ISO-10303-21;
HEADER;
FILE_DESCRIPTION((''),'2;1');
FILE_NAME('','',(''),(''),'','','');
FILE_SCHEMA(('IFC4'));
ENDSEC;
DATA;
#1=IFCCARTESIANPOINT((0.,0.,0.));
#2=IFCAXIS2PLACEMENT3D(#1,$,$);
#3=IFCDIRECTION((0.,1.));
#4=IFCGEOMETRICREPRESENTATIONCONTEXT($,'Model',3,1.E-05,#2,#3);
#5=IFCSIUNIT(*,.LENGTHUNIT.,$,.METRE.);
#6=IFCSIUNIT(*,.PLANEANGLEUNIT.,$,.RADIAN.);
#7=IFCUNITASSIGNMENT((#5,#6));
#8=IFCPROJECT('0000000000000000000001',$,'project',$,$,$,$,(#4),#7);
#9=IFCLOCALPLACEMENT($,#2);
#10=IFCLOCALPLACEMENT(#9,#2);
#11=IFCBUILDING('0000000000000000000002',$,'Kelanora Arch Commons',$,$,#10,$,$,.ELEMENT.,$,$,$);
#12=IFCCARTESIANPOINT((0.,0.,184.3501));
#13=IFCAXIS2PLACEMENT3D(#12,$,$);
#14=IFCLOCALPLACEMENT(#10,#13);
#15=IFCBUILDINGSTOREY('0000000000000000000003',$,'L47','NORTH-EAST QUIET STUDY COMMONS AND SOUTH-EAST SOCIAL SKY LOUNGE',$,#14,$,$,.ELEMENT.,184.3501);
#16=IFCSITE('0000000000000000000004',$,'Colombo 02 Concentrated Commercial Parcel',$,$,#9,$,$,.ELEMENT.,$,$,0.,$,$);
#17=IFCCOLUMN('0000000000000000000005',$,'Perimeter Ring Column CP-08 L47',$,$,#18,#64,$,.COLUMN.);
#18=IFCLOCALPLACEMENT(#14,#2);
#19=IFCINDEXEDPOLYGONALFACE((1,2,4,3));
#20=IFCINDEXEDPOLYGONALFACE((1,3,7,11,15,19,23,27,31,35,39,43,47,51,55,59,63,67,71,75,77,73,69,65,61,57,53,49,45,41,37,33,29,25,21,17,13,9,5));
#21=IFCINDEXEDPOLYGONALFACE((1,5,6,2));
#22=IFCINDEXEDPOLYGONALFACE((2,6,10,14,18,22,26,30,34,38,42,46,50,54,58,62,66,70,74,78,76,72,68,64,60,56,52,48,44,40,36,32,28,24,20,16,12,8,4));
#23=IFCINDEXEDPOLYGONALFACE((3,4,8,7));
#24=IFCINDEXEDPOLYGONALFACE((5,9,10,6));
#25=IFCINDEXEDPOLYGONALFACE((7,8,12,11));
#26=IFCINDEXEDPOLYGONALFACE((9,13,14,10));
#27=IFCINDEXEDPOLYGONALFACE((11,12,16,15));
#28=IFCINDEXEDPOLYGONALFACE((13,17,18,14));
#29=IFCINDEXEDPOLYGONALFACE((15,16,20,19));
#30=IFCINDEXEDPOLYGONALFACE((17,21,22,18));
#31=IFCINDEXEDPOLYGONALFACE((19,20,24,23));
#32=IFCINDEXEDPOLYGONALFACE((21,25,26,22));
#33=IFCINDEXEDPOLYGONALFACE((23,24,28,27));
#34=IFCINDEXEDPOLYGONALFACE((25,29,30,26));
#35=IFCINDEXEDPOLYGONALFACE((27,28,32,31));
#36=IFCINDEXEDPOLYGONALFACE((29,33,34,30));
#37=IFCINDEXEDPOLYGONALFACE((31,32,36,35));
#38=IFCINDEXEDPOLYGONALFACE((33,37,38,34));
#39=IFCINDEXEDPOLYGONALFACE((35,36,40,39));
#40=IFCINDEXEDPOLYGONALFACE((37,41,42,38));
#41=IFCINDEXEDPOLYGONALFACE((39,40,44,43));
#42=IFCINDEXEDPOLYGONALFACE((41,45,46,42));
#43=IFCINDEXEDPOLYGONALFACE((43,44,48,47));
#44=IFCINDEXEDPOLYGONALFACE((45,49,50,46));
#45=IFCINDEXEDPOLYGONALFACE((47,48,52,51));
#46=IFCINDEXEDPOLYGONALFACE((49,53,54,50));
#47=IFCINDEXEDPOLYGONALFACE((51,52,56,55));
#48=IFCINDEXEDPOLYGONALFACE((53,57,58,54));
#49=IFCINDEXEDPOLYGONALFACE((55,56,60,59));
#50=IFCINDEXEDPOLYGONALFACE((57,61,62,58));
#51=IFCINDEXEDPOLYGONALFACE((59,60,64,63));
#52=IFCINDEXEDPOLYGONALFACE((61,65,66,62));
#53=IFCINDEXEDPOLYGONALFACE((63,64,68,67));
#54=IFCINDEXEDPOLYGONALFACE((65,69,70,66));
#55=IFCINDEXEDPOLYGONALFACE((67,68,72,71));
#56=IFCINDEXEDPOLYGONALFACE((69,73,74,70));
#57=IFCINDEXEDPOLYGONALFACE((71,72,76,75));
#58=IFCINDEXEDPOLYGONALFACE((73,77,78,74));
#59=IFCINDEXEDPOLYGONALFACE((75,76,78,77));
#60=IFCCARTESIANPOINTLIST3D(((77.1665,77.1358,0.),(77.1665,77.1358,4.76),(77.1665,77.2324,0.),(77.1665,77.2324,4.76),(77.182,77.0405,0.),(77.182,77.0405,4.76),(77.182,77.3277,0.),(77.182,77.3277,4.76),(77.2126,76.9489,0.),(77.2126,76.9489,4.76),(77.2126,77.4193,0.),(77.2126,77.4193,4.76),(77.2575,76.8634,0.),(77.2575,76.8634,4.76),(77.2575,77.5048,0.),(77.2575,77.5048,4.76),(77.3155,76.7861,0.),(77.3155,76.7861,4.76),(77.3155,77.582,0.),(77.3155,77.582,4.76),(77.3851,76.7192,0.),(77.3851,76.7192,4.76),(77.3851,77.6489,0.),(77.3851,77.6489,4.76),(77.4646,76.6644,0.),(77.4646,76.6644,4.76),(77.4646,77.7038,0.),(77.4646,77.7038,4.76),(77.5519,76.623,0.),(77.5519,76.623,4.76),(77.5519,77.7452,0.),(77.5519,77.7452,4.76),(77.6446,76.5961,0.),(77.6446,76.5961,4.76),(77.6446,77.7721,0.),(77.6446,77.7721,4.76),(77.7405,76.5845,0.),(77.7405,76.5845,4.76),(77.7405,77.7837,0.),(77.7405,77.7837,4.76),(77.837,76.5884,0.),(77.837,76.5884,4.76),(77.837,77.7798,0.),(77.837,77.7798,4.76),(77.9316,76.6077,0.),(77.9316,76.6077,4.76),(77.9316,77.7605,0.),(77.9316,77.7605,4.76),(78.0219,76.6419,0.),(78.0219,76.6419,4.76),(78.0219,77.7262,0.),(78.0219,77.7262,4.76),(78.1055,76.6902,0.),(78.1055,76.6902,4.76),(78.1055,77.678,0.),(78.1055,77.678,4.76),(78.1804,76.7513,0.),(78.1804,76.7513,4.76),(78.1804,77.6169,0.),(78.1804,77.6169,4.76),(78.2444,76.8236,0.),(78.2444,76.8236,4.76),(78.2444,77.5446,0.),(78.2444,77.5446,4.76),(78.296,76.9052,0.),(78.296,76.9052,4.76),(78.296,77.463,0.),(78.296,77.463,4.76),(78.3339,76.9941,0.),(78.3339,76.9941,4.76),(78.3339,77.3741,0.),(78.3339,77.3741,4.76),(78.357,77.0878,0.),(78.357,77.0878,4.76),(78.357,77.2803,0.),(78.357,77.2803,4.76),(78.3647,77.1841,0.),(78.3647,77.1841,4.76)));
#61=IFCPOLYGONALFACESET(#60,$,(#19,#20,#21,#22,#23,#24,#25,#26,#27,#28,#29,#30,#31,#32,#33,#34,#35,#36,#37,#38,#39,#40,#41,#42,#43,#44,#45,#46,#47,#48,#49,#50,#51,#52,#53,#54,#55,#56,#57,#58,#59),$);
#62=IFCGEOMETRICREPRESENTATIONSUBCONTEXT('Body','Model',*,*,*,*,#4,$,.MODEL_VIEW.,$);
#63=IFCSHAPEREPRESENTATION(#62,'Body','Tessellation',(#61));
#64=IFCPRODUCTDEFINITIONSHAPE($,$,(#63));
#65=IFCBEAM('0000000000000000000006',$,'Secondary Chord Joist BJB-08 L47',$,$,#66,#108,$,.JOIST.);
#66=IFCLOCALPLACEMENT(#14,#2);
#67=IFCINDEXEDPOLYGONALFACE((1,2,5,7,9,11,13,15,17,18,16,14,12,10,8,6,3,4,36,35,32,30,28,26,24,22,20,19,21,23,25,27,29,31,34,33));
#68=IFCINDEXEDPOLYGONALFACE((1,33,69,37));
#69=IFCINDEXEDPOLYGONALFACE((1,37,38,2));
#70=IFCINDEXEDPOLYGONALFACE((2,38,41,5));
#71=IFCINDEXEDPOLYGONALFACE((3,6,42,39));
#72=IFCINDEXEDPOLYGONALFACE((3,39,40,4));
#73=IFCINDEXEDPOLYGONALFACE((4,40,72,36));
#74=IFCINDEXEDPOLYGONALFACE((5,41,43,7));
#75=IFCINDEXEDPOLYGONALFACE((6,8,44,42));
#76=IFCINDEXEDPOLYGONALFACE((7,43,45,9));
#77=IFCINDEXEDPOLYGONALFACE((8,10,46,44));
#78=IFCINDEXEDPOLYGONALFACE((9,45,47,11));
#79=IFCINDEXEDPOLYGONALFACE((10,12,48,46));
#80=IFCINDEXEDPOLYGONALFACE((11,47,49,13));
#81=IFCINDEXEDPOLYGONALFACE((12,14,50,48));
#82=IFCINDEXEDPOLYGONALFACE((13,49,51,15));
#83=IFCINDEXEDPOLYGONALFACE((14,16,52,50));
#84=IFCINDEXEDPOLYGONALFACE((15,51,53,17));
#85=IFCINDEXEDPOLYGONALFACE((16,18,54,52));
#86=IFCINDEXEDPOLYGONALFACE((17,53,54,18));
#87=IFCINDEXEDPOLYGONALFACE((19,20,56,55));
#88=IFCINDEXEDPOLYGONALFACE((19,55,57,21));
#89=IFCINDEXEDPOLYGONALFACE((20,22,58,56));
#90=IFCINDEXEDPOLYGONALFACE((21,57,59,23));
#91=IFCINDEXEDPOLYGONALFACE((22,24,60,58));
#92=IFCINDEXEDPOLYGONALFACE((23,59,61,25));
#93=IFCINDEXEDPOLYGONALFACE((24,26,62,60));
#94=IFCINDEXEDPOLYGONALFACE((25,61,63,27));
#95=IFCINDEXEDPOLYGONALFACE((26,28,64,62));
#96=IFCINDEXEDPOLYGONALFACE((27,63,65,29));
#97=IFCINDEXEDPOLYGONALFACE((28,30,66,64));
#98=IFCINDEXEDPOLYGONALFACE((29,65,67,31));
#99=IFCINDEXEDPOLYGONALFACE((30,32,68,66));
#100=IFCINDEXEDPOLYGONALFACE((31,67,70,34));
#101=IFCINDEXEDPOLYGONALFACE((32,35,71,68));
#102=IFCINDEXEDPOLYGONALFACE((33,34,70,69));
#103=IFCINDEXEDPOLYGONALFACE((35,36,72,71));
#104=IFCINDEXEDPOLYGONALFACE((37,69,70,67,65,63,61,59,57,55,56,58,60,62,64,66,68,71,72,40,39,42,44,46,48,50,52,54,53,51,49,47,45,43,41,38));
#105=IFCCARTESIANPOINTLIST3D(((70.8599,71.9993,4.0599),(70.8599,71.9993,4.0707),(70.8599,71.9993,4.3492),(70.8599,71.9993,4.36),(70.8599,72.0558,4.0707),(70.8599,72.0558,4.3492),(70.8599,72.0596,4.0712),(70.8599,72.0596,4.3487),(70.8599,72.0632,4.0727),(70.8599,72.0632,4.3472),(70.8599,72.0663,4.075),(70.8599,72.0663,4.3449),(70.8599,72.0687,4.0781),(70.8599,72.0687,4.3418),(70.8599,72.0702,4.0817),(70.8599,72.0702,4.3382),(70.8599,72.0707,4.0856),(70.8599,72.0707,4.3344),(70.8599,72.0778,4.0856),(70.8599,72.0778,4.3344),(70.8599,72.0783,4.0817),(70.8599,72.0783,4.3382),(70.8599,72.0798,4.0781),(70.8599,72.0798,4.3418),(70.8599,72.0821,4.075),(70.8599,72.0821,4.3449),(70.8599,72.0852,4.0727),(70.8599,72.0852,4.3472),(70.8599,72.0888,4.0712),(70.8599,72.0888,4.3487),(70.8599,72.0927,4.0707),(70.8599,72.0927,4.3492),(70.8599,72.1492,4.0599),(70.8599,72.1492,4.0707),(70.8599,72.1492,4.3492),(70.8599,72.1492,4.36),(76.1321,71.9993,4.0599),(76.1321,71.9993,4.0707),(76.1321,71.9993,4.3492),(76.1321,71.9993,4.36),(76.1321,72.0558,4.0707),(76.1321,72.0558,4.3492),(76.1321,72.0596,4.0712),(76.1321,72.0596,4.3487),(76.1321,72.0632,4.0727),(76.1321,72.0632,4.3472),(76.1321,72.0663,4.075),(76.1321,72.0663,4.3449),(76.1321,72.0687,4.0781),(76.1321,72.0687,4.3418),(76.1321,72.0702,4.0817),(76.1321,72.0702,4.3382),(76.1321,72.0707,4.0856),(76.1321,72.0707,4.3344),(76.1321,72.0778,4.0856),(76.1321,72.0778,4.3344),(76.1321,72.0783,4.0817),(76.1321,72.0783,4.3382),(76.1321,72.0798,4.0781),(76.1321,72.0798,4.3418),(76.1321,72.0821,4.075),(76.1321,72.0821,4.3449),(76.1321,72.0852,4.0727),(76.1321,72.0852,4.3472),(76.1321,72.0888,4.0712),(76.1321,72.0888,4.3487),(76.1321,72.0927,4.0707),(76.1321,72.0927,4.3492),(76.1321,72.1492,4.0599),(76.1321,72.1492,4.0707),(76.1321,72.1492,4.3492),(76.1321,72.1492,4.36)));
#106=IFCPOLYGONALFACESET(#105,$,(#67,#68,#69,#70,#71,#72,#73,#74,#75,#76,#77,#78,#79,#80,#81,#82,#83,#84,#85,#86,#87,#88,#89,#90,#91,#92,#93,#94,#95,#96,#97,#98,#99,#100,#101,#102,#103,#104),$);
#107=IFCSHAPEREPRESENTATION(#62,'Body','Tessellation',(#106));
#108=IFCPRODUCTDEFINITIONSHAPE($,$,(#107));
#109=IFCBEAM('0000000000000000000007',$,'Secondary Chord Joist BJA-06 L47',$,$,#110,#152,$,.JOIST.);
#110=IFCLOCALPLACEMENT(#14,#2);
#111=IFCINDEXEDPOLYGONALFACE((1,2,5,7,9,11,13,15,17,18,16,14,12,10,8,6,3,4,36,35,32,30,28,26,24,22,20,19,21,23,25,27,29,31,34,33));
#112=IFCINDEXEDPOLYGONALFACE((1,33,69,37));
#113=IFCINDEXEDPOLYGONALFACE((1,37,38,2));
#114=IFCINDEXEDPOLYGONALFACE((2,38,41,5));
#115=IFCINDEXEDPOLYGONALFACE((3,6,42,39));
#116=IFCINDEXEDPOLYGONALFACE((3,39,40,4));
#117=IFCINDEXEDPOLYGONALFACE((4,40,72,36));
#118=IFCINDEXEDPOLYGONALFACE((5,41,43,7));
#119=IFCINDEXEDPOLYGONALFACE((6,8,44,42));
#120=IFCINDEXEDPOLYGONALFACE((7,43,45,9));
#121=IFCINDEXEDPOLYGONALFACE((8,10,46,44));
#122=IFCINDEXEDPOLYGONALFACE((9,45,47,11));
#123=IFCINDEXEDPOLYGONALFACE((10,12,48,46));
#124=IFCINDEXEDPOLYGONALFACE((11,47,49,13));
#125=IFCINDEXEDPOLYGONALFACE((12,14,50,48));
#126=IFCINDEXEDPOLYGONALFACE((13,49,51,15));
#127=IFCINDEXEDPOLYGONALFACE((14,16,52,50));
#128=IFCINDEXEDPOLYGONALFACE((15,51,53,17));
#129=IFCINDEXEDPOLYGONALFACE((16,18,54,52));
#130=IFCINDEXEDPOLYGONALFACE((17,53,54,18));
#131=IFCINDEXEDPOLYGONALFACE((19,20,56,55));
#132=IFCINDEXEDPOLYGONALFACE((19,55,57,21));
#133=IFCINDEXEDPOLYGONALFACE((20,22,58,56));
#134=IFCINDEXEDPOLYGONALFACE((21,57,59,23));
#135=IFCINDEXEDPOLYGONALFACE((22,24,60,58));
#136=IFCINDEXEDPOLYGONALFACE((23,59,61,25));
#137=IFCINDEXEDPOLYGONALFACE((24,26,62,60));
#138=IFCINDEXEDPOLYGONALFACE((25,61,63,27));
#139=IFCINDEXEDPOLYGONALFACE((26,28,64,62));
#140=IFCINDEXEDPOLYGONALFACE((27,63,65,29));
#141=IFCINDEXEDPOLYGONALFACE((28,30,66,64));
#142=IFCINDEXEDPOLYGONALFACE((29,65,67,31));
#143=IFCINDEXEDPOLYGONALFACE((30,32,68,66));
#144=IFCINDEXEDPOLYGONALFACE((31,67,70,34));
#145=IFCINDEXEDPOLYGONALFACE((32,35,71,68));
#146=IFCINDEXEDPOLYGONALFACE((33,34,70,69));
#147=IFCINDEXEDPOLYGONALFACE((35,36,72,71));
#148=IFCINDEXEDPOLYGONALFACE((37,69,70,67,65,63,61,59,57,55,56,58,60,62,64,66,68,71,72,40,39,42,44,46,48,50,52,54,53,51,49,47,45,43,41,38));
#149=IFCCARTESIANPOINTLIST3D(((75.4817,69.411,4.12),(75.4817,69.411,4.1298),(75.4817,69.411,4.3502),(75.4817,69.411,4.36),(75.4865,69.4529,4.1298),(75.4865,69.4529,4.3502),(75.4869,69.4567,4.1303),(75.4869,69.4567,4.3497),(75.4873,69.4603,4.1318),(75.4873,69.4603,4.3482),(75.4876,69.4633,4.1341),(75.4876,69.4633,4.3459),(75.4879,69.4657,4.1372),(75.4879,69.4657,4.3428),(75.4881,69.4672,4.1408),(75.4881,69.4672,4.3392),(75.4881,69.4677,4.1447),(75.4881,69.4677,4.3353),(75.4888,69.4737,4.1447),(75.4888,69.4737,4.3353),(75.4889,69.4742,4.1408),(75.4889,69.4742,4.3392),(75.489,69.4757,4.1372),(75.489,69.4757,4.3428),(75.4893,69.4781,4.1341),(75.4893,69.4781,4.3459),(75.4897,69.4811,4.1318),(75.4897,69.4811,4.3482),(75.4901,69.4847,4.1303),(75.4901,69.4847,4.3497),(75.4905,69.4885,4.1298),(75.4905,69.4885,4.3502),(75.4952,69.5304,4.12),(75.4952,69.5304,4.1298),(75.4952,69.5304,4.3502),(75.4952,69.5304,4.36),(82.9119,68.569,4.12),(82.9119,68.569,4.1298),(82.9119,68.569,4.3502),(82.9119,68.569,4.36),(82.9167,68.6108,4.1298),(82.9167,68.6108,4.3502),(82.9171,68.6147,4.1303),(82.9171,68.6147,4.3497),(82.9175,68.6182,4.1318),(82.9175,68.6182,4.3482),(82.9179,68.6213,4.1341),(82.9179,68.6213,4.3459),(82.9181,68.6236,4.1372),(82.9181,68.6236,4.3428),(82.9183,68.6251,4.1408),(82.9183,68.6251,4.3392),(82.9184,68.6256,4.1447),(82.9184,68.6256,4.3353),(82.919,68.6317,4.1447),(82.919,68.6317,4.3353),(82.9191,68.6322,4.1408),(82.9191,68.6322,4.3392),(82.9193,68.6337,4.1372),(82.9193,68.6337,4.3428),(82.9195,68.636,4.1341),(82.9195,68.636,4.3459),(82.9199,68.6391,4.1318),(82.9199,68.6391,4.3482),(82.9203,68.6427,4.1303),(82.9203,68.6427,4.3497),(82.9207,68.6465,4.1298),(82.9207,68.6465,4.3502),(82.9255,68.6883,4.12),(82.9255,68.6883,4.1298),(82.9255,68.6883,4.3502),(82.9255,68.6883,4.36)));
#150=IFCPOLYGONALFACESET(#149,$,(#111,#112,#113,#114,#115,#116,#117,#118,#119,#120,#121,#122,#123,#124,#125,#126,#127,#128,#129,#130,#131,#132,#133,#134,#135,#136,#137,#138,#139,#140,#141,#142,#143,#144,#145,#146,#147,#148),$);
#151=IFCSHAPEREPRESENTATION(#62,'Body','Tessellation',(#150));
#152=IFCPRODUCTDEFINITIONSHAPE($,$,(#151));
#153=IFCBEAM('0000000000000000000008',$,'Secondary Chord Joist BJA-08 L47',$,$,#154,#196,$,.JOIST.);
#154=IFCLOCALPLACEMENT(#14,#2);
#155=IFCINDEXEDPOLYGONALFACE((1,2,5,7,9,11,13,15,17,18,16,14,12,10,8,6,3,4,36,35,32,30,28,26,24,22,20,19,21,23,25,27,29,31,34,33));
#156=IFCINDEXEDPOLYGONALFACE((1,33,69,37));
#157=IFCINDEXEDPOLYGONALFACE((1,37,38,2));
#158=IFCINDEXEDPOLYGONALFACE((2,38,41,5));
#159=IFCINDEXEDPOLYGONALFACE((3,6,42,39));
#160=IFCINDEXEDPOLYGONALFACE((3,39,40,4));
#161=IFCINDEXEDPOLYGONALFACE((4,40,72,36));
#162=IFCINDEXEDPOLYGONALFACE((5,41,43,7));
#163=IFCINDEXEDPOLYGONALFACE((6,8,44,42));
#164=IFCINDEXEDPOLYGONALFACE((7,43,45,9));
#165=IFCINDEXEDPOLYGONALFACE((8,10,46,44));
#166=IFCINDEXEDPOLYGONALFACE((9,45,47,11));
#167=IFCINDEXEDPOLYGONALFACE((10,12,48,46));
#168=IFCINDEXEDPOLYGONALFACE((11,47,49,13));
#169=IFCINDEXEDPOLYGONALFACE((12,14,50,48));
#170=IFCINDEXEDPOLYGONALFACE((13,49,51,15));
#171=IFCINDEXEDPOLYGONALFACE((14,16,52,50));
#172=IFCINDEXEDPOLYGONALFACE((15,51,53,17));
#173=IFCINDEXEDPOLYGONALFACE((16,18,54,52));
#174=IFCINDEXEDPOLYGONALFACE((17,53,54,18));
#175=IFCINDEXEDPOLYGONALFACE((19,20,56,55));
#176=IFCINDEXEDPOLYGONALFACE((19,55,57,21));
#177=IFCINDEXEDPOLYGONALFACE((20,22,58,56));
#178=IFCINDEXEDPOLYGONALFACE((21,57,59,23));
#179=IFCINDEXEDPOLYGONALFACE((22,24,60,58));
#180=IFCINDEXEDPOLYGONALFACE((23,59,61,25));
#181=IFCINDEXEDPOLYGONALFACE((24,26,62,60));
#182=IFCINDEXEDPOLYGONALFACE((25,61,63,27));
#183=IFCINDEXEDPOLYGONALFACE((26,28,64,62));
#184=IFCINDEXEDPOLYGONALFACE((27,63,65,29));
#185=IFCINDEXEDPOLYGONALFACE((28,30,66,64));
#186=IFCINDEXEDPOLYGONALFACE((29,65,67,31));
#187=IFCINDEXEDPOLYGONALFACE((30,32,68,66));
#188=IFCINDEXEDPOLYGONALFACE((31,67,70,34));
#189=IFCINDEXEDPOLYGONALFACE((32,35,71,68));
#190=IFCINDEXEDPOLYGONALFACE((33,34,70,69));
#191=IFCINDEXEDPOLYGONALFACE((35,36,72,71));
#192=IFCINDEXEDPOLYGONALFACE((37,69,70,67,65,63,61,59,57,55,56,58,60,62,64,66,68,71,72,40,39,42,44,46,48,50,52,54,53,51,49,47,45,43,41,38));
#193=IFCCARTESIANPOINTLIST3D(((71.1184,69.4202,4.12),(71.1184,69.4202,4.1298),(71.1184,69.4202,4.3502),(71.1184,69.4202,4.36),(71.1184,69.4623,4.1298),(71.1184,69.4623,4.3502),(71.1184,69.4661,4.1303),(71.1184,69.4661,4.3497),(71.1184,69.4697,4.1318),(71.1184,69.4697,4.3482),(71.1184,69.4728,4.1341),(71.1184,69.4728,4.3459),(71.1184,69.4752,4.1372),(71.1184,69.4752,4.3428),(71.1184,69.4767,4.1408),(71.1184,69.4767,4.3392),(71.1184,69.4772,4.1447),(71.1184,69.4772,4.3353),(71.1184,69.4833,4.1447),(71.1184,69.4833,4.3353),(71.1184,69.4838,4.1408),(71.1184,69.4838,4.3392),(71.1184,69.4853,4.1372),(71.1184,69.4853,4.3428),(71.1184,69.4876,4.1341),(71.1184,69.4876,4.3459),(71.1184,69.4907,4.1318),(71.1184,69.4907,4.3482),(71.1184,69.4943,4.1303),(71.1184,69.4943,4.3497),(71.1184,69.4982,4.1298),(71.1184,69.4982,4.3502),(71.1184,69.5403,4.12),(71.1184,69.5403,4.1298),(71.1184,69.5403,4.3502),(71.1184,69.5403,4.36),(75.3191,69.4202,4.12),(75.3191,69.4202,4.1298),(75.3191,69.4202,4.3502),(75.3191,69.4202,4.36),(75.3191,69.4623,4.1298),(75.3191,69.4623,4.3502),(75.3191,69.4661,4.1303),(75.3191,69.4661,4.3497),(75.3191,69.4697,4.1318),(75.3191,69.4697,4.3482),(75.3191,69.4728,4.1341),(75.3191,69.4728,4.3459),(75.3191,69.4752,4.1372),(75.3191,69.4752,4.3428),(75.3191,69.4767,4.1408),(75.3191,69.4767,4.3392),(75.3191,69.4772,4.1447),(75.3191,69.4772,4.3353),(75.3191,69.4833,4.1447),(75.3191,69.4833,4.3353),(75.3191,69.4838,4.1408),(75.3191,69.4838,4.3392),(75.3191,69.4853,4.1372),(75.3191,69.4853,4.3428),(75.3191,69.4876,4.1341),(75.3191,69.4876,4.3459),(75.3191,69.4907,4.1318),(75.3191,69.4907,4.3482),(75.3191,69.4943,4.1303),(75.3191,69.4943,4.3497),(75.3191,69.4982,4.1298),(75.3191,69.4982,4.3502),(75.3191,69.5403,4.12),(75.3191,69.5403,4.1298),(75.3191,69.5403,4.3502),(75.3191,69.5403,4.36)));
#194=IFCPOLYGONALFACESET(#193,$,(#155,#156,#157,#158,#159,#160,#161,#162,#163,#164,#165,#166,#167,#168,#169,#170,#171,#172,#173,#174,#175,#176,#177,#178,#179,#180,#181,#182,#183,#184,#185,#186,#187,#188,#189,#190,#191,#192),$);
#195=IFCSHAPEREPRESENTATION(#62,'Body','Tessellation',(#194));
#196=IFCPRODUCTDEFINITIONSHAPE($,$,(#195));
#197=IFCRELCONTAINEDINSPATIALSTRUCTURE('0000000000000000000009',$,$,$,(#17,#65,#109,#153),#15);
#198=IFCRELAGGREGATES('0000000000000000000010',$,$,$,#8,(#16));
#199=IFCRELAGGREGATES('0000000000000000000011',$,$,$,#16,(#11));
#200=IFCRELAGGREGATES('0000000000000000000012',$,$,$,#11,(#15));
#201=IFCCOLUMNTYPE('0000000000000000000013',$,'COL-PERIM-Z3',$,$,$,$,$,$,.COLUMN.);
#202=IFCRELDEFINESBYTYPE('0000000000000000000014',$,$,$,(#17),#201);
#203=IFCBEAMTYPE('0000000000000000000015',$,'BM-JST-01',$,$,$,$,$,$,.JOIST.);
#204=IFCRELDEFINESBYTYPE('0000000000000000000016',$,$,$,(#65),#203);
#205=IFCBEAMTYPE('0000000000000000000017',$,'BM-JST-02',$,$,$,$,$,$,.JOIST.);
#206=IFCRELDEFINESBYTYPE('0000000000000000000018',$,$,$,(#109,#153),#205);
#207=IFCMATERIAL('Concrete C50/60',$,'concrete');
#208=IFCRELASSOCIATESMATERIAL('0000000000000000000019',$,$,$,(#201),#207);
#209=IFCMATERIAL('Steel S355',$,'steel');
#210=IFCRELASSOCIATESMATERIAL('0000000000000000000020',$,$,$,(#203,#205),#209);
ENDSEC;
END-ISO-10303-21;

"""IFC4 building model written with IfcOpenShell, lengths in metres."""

from ifc_helpers import new_model, si_unit, direction, frame, origin, origin_2d, place, context, subcontext, project, spatial, circle, i_section, extrude, material, material_profile, profile_set, type_object, element, save


model = new_model("IFC4")

# Units and contexts
model_context = context("Model", 3, precision=1e-05, world=origin(), true_north=direction((0.0, 1.0)))
body_context = subcontext(model_context, "Body", "Model", "MODEL_VIEW")
ifc_project = project(units=[si_unit("LENGTHUNIT", "METRE"), si_unit("PLANEANGLEUNIT", "RADIAN")], contexts=[model_context])

# Site, building, storey
site_placement = place(None, origin())
site = spatial("IfcSite", under=ifc_project, at=site_placement, Name="Colombo 02 Concentrated Commercial Parcel", CompositionType="ELEMENT", RefElevation=0.0)
building_placement = place(site_placement, origin())
building = spatial("IfcBuilding", under=site, at=building_placement, Name="Kelanora Arch Commons", CompositionType="ELEMENT")
storey_placement = place(building_placement, frame((0.0, 0.0, 184.3501)))
storey = spatial("IfcBuildingStorey", under=building, at=storey_placement, Name="L47", Description="NORTH-EAST QUIET STUDY COMMONS AND SOUTH-EAST SOCIAL SKY LOUNGE", CompositionType="ELEMENT", Elevation=184.3501)

# Column
ifc_material_1 = material(Name="Concrete C50/60", Category="concrete")
ifc_material_profile_1 = material_profile(ifc_material_1, circle(Radius=0.6001, at=origin_2d()), Name="RCC1200")
ifc_profile_set_1 = profile_set([ifc_material_profile_1], Name="Concrete C50/60")
column_type = type_object("IfcColumnType", Name="COL-PERIM-Z3", PredefinedType="COLUMN", material=ifc_profile_set_1)
column_placement = place(storey_placement, frame((77.7646, 77.1841, 0.0), z_axis=(0.0, 0.0, 1.0), x_axis=(1.0, 0.0, 0.0)))
element("IfcColumn", 1, at=column_placement, inside=storey, type_object=column_type, Name="Perimeter Ring Column CP-08 L47", PredefinedType="COLUMN", context=body_context, shape_type="SweptSolid", body=[
    extrude(circle(Radius=0.6001, at=origin_2d()), origin(), (0.0, 0.0, 1.0), 4.76),
])

# Beams
ifc_material_2 = material(Name="Steel S355", Category="steel")
ifc_material_profile_2 = material_profile(ifc_material_2, i_section(OverallWidth=0.1499, OverallDepth=0.3, WebThickness=0.0071, FlangeThickness=0.0107, FilletRadius=0.0149, at=origin_2d()), Name="IPE300")
ifc_profile_set_2 = profile_set([ifc_material_profile_2], Name="Steel S355")
beam_type_1 = type_object("IfcBeamType", Name="BM-JST-01", PredefinedType="JOIST", material=ifc_profile_set_2)
beam_1_placement = place(storey_placement, frame((76.1321, 72.0742, 4.21), z_axis=(-1.0, 0.0, 0.0), x_axis=(0.0, -1.0, 0.0)))
element("IfcBeam", 2, at=beam_1_placement, inside=storey, type_object=beam_type_1, Name="Secondary Chord Joist BJB-08 L47", PredefinedType="JOIST", context=body_context, shape_type="SweptSolid", body=[
    extrude(i_section(OverallWidth=0.1499, OverallDepth=0.3, WebThickness=0.0071, FlangeThickness=0.0107, FilletRadius=0.0149, at=origin_2d()), origin(), (0.0, 0.0, 1.0), 5.2722),
])
ifc_material_profile_3 = material_profile(ifc_material_2, i_section(OverallWidth=0.1201, OverallDepth=0.24, WebThickness=0.0061, FlangeThickness=0.0098, FilletRadius=0.0149, at=origin_2d()), Name="IPE240")
ifc_profile_set_3 = profile_set([ifc_material_profile_3], Name="Steel S355")
beam_type_2 = type_object("IfcBeamType", Name="BM-JST-02", PredefinedType="JOIST", material=ifc_profile_set_3)
beam_2_placement = place(storey_placement, frame((82.9187, 68.6287, 4.24), z_axis=(-0.99364, 0.112606, 0.0), x_axis=(-0.112606, -0.99364, 0.0)))
element("IfcBeam", 3, at=beam_2_placement, inside=storey, type_object=beam_type_2, Name="Secondary Chord Joist BJA-06 L47", PredefinedType="JOIST", context=body_context, shape_type="SweptSolid", body=[
    extrude(i_section(OverallWidth=0.1201, OverallDepth=0.24, WebThickness=0.0061, FlangeThickness=0.0098, FilletRadius=0.0149, at=origin_2d()), origin(), (0.0, 0.0, 1.0), 7.4778),
])
beam_3_placement = place(storey_placement, frame((75.3191, 69.4802, 4.24), z_axis=(-1.0, 0.0, 0.0), x_axis=(0.0, -1.0, 0.0)))
element("IfcBeam", 4, at=beam_3_placement, inside=storey, type_object=beam_type_2, Name="Secondary Chord Joist BJA-08 L47", PredefinedType="JOIST", context=body_context, shape_type="SweptSolid", body=[
    extrude(i_section(OverallWidth=0.1201, OverallDepth=0.24, WebThickness=0.0061, FlangeThickness=0.0098, FilletRadius=0.0149, at=origin_2d()), origin(), (0.0, 0.0, 1.0), 4.2007),
])

save(model, "model.ifc")
